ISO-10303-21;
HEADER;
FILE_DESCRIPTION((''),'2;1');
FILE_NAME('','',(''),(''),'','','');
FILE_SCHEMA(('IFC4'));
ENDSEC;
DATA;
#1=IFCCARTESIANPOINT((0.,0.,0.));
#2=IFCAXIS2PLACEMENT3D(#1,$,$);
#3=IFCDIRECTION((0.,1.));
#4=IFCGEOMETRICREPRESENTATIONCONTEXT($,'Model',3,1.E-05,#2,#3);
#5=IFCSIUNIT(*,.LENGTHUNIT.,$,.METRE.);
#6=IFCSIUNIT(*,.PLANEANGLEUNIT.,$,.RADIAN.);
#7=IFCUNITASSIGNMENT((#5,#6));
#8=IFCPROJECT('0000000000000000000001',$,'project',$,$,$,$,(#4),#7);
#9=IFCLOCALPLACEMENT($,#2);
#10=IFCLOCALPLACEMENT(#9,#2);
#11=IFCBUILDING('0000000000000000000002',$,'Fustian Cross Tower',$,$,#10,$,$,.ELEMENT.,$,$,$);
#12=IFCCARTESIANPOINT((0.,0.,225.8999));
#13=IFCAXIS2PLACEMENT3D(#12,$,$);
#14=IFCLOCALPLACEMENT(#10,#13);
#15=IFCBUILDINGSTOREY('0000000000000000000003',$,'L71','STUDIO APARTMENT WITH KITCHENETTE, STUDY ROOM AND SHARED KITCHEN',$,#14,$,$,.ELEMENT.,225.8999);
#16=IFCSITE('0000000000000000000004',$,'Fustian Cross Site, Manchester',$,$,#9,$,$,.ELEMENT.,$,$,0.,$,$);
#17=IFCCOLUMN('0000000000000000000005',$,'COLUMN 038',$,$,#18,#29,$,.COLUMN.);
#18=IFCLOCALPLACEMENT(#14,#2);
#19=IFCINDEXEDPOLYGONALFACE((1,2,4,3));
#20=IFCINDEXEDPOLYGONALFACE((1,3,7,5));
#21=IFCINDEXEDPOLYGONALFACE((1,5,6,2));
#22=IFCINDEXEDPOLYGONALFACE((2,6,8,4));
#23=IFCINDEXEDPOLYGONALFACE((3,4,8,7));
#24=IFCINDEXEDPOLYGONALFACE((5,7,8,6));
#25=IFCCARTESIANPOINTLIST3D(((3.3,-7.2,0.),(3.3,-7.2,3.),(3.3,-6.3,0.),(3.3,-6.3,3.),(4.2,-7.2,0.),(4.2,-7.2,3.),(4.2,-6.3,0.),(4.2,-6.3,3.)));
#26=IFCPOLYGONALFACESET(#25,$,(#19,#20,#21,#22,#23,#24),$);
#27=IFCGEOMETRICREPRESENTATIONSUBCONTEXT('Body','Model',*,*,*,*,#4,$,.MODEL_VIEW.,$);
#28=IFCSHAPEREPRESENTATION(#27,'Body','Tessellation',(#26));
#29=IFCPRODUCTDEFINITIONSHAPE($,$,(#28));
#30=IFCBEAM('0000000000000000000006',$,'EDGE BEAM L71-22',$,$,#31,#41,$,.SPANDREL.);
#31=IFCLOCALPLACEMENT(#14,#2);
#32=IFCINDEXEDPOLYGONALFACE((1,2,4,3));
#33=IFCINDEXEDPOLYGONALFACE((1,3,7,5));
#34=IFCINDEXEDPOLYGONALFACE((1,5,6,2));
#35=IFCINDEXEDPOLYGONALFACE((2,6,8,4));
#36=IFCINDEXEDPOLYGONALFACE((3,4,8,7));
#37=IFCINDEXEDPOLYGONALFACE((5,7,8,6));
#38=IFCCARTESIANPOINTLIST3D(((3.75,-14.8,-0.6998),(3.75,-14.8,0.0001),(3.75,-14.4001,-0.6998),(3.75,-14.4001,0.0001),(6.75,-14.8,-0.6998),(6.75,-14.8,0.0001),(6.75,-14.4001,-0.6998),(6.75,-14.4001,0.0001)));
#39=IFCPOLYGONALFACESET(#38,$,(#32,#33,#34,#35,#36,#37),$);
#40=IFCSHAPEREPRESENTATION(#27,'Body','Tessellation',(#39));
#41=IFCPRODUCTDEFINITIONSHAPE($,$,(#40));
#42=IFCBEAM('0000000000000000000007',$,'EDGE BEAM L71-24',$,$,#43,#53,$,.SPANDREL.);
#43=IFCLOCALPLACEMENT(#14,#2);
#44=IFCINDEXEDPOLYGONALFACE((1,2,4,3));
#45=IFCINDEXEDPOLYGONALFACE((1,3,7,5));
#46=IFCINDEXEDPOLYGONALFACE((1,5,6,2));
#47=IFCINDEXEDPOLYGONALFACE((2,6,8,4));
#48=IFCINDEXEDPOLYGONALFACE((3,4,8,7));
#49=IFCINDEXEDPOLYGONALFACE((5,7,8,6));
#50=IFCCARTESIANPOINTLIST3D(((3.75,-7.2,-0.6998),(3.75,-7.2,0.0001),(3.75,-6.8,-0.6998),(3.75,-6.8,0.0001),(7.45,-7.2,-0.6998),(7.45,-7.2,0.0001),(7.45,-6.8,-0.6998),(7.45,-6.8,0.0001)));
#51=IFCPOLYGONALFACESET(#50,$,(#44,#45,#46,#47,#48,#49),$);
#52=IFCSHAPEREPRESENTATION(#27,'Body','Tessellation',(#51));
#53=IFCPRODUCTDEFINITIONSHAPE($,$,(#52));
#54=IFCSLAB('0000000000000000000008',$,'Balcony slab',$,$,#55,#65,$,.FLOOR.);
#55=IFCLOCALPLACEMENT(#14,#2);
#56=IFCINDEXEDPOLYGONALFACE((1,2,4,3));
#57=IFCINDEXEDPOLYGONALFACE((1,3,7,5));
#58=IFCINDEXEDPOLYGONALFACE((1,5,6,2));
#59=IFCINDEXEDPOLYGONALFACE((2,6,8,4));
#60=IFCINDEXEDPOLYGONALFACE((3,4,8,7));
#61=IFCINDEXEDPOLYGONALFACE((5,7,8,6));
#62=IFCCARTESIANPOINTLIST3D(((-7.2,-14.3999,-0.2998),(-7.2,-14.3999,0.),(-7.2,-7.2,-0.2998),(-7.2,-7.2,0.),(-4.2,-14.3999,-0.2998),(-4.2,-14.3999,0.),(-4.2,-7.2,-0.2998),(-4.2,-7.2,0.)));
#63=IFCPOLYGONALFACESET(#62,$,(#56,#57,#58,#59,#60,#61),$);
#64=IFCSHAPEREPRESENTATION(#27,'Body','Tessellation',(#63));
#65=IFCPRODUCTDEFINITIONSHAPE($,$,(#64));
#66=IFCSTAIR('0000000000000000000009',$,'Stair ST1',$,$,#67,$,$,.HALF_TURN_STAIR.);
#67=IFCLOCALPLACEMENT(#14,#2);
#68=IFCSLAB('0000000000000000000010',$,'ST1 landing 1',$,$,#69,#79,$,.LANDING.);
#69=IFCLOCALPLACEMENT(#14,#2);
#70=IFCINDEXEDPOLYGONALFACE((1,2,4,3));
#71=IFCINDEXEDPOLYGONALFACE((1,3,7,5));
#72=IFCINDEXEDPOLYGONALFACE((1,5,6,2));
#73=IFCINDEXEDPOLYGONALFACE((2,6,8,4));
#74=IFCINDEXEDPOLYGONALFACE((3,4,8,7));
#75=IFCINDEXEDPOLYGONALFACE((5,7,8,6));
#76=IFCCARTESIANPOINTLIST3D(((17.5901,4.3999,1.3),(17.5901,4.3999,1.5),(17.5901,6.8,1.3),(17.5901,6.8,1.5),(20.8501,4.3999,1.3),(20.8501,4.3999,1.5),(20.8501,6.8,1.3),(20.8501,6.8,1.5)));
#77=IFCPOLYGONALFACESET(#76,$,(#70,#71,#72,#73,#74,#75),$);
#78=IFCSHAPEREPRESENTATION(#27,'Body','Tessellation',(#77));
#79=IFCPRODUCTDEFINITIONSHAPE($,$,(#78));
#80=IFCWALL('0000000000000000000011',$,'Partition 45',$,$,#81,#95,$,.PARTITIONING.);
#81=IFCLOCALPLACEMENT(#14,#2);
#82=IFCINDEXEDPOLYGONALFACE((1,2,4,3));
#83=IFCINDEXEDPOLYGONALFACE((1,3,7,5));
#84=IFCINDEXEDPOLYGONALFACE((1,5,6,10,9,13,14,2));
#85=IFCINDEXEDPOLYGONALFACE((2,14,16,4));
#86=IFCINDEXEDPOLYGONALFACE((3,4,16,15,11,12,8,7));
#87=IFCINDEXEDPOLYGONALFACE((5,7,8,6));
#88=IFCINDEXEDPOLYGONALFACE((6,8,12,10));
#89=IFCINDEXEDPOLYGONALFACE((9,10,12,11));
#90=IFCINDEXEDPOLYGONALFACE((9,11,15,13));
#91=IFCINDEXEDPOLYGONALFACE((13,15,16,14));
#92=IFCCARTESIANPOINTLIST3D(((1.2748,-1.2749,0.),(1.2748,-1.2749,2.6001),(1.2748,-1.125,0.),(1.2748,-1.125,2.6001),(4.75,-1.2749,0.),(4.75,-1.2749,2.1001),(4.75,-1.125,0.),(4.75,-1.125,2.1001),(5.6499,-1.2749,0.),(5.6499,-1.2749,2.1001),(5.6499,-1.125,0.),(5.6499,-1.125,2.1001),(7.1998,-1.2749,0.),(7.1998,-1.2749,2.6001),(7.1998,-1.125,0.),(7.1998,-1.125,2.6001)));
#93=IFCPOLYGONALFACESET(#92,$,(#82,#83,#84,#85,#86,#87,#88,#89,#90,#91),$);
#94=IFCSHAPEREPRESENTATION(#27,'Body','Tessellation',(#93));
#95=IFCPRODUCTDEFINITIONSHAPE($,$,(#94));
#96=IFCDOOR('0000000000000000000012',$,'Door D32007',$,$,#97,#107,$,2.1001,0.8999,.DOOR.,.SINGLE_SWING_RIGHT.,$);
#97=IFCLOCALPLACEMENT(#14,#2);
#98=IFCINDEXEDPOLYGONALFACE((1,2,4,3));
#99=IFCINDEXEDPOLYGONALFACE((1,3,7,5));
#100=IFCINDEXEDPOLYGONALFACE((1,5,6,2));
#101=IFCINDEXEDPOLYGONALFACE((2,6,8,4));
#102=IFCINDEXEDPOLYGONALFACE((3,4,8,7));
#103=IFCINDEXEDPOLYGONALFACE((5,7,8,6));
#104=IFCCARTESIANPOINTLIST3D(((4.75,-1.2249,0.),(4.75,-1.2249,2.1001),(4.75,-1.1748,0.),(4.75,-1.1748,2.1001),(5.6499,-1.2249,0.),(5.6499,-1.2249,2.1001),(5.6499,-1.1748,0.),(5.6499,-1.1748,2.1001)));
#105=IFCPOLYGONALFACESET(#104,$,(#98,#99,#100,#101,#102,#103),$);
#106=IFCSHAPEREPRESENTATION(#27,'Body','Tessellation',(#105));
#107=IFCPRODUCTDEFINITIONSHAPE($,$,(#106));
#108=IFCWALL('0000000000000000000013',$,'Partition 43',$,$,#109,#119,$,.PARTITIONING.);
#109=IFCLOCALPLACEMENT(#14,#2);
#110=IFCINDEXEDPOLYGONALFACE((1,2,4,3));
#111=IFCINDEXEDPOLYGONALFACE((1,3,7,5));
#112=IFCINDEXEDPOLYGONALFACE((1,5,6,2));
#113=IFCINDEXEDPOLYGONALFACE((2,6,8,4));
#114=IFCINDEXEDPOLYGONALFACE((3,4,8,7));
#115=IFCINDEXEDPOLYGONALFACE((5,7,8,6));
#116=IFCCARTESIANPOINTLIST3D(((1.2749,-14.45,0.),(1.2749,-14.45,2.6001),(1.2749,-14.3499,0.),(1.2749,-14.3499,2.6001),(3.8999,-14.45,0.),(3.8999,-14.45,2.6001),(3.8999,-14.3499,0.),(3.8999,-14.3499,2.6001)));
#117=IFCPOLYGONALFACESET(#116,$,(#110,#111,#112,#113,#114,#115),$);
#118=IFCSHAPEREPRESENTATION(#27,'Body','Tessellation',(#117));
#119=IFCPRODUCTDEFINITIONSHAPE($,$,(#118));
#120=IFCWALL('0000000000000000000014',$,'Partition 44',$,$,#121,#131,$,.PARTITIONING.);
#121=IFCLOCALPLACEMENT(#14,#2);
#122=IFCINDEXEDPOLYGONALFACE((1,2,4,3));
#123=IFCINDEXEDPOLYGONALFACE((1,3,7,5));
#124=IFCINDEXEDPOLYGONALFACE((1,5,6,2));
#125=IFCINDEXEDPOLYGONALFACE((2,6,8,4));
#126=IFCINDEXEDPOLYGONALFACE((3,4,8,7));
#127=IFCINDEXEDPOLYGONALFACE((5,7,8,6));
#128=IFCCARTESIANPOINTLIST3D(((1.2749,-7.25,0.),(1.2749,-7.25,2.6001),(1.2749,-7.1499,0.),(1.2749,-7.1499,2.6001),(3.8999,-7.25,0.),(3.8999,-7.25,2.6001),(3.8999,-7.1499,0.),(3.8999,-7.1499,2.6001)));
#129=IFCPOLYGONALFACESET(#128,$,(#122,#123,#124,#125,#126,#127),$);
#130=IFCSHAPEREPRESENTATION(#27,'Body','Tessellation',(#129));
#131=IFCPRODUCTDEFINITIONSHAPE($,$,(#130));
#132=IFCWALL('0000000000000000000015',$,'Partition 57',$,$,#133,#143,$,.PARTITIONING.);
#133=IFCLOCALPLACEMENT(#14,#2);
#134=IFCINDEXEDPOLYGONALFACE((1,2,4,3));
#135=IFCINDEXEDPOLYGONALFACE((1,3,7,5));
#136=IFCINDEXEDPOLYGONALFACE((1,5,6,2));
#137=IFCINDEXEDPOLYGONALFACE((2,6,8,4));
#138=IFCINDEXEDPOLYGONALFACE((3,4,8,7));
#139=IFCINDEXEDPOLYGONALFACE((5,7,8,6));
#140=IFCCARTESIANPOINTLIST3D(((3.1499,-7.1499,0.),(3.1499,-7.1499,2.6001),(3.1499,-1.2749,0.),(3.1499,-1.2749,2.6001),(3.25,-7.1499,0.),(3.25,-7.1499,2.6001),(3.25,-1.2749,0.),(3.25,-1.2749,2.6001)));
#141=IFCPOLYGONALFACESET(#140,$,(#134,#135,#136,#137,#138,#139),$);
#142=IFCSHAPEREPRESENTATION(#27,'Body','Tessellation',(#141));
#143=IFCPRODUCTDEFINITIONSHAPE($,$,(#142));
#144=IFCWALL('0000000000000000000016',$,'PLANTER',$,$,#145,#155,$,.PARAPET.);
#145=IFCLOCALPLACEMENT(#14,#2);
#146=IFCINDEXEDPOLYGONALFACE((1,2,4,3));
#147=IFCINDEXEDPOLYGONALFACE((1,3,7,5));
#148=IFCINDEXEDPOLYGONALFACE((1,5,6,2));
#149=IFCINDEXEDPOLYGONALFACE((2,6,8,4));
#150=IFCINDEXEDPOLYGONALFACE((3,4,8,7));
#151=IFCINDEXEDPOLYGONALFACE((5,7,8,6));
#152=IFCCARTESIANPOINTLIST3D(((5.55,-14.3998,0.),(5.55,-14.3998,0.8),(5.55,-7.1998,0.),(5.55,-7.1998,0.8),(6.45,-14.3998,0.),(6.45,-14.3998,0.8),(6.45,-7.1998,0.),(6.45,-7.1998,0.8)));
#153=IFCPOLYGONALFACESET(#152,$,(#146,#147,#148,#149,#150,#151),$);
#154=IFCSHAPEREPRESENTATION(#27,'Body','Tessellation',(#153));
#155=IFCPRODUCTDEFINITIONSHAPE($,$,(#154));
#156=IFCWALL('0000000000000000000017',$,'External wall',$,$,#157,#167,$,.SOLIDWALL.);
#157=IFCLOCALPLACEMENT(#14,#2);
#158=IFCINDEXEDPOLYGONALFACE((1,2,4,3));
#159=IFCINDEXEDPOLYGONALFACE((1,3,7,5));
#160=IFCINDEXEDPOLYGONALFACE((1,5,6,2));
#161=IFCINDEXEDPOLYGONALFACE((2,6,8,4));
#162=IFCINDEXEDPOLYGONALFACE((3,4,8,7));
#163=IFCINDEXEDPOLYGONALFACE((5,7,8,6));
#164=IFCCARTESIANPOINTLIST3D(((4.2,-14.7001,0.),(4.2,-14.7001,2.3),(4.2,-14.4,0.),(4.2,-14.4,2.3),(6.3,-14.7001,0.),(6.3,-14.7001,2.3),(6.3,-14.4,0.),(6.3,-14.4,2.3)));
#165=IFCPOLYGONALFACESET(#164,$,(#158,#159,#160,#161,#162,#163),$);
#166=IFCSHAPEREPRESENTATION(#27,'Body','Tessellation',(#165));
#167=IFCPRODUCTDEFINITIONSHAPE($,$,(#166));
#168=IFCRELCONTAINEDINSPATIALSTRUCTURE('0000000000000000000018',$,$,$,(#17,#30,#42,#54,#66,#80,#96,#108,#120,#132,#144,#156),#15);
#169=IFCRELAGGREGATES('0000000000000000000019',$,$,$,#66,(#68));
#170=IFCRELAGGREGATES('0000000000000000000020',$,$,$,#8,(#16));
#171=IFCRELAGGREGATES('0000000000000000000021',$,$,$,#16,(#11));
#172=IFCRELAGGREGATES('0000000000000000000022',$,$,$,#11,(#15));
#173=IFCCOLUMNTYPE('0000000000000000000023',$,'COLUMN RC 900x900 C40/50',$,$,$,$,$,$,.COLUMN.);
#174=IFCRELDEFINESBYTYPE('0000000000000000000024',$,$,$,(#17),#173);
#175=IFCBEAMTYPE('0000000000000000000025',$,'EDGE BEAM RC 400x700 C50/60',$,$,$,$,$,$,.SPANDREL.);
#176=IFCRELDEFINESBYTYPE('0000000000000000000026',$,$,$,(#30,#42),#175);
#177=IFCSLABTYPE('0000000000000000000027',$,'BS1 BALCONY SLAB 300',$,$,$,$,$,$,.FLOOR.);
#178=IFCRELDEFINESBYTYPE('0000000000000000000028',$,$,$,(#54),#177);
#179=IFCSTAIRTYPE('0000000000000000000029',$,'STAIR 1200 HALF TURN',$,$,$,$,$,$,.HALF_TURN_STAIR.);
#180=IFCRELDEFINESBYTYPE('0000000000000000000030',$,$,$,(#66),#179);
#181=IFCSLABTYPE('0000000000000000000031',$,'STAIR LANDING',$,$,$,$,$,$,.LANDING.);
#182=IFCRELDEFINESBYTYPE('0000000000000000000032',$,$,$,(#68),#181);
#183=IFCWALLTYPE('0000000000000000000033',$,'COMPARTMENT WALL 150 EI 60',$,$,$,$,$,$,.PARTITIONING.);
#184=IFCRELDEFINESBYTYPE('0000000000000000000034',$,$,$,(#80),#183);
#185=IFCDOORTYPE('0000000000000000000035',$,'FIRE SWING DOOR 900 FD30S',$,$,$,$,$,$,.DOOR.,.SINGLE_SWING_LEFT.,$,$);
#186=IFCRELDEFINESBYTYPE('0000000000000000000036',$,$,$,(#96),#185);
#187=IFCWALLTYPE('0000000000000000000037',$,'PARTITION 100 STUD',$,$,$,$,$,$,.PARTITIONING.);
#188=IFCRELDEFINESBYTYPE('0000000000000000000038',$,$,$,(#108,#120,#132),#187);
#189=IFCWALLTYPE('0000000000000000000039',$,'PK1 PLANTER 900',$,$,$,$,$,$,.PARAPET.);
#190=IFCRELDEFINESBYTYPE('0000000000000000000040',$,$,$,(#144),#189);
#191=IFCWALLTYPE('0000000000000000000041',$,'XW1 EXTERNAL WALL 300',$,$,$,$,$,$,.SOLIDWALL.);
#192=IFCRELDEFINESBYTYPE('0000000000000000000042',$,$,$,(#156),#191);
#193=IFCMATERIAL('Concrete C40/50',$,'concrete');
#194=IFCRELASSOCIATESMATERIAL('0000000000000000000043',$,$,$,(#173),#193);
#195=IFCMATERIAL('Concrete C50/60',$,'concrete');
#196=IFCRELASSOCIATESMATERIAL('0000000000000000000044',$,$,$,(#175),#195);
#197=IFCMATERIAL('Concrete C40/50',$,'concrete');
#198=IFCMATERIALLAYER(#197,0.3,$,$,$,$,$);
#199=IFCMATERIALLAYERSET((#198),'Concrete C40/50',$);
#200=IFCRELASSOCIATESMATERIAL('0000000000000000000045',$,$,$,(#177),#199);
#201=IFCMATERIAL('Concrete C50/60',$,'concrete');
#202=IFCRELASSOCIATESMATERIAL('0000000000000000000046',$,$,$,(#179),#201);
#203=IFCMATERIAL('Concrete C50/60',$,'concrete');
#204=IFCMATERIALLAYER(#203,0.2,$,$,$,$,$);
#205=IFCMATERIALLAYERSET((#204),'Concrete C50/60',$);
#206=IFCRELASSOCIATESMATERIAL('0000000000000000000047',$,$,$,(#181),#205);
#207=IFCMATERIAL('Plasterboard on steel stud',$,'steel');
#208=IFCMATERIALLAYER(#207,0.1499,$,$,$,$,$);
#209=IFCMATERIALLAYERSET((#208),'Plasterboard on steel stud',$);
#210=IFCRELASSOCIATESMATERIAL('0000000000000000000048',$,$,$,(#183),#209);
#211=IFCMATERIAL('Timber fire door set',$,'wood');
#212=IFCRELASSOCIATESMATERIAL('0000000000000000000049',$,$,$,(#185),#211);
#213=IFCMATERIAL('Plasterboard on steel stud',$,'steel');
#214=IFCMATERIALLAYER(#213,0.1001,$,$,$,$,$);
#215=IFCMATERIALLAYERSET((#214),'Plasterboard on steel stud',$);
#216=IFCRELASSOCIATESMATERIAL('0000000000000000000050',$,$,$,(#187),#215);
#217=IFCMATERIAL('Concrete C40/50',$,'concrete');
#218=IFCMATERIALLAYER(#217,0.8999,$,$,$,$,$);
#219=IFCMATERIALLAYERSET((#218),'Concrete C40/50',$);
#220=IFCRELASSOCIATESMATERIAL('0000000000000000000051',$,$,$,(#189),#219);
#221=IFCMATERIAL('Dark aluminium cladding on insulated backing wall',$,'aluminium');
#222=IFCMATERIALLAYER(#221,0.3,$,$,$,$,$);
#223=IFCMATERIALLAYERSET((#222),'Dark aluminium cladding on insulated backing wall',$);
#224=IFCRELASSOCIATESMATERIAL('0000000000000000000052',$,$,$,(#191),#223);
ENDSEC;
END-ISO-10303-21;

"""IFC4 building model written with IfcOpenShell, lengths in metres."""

from ifc_helpers import new_model, si_unit, direction, frame, frame_2d, origin, origin_2d, place, context, subcontext, project, spatial, polyline, rectangle, outline, extrude, material, layer, layer_set, material_profile, profile_set, type_object, element, fill, aggregate, save


model = new_model("IFC4")

# Units and contexts
model_context = context("Model", 3, precision=1e-05, world=origin(), true_north=direction((0.0, 1.0)))
body_context = subcontext(model_context, "Body", "Model", "MODEL_VIEW")
ifc_project = project(units=[si_unit("LENGTHUNIT", "METRE"), si_unit("PLANEANGLEUNIT", "RADIAN")], contexts=[model_context])

# Site, building, storey
site_placement = place(None, origin())
site = spatial("IfcSite", under=ifc_project, at=site_placement, Name="Fustian Cross Site, Manchester", CompositionType="ELEMENT", RefElevation=0.0)
building_placement = place(site_placement, origin())
building = spatial("IfcBuilding", under=site, at=building_placement, Name="Fustian Cross Tower", CompositionType="ELEMENT")
storey_placement = place(building_placement, frame((0.0, 0.0, 225.8999)))
storey = spatial("IfcBuildingStorey", under=building, at=storey_placement, Name="L71", Description="STUDIO APARTMENT WITH KITCHENETTE, STUDY ROOM AND SHARED KITCHEN", CompositionType="ELEMENT", Elevation=225.8999)

# Column
ifc_material_1 = material(Name="Concrete C40/50", Category="concrete")
ifc_material_profile_1 = material_profile(ifc_material_1, rectangle(XDim=0.8999, YDim=0.8999, at=origin_2d()), Name="RC 900x900")
ifc_profile_set_1 = profile_set([ifc_material_profile_1], Name="Concrete C40/50")
column_type = type_object("IfcColumnType", Name="COLUMN RC 900x900 C40/50", PredefinedType="COLUMN", material=ifc_profile_set_1)
column_placement = place(storey_placement, frame((3.75, -6.75, 0.0), z_axis=(0.0, 0.0, 1.0), x_axis=(1.0, 0.0, 0.0)))
element("IfcColumn", 1, at=column_placement, inside=storey, type_object=column_type, Name="COLUMN 038", PredefinedType="COLUMN", context=body_context, shape_type="SweptSolid", body=[
    extrude(rectangle(XDim=0.8999, YDim=0.8999, at=origin_2d()), origin(), (0.0, 0.0, 1.0), 3.0),
])

# Beams
ifc_material_2 = material(Name="Concrete C50/60", Category="concrete")
ifc_material_profile_2 = material_profile(ifc_material_2, rectangle(XDim=0.3999, YDim=0.7, at=origin_2d()), Name="RC 400x700")
ifc_profile_set_2 = profile_set([ifc_material_profile_2], Name="Concrete C50/60")
beam_type = type_object("IfcBeamType", Name="EDGE BEAM RC 400x700 C50/60", PredefinedType="SPANDREL", material=ifc_profile_set_2)
beam_1_placement = place(storey_placement, frame((6.75, -14.6001, -0.3499), z_axis=(-1.0, 0.0, 0.0), x_axis=(0.0, -1.0, 0.0)))
element("IfcBeam", 2, at=beam_1_placement, inside=storey, type_object=beam_type, Name="EDGE BEAM L71-22", PredefinedType="SPANDREL", context=body_context, shape_type="SweptSolid", body=[
    extrude(rectangle(XDim=0.3999, YDim=0.7, at=origin_2d()), origin(), (0.0, 0.0, 1.0), 3.0),
])
beam_2_placement = place(storey_placement, frame((3.75, -7.0, -0.3499), z_axis=(1.0, 0.0, 0.0), x_axis=(0.0, 1.0, 0.0)))
element("IfcBeam", 3, at=beam_2_placement, inside=storey, type_object=beam_type, Name="EDGE BEAM L71-24", PredefinedType="SPANDREL", context=body_context, shape_type="SweptSolid", body=[
    extrude(rectangle(XDim=0.3999, YDim=0.7, at=origin_2d()), origin(), (0.0, 0.0, 1.0), 3.7),
])

# Slab
ifc_material_3 = material(Name="Concrete C40/50", Category="concrete")
ifc_layer_1 = layer(ifc_material_3, 0.3)
ifc_layer_set_1 = layer_set([ifc_layer_1], Name="Concrete C40/50")
slab_type_1 = type_object("IfcSlabType", Name="BS1 BALCONY SLAB 300", PredefinedType="FLOOR", material=ifc_layer_set_1)
slab_1_placement = place(storey_placement, frame((0.0, 0.0, -0.2998)))
element("IfcSlab", 4, at=slab_1_placement, inside=storey, type_object=slab_type_1, Name="Balcony slab", PredefinedType="FLOOR", context=body_context, shape_type="SweptSolid", body=[
    extrude(outline(polyline([(-7.2, -14.3999), (-4.2, -14.3999), (-4.2, -7.2), (-7.2, -7.2), (-7.2, -14.3999)])), origin(), (0.0, 0.0, 1.0), 0.2998),
])

# Stair, slab
ifc_material_4 = material(Name="Concrete C50/60", Category="concrete")
stair_type = type_object("IfcStairType", Name="STAIR 1200 HALF TURN", PredefinedType="HALF_TURN_STAIR", material=ifc_material_4)
stair_placement = place(storey_placement, origin())
stair = element("IfcStair", 5, at=stair_placement, inside=storey, type_object=stair_type, Name="Stair ST1", PredefinedType="HALF_TURN_STAIR")
ifc_material_5 = material(Name="Concrete C50/60", Category="concrete")
ifc_layer_2 = layer(ifc_material_5, 0.2)
ifc_layer_set_2 = layer_set([ifc_layer_2], Name="Concrete C50/60")
slab_type_2 = type_object("IfcSlabType", Name="STAIR LANDING", PredefinedType="LANDING", material=ifc_layer_set_2)
slab_2_placement = place(storey_placement, frame((0.0, 0.0, 1.3)))
slab_2 = element("IfcSlab", 6, at=slab_2_placement, type_object=slab_type_2, Name="ST1 landing 1", PredefinedType="LANDING", context=body_context, shape_type="SweptSolid", body=[
    extrude(outline(polyline([(17.5901, 4.3999), (20.8501, 4.3999), (20.8501, 6.8), (17.5901, 6.8), (17.5901, 4.3999)])), origin(), (0.0, 0.0, 1.0), 0.2),
])
aggregate(stair, [slab_2])

# Wall, opening, door
ifc_material_6 = material(Name="Plasterboard on steel stud", Category="steel")
ifc_layer_3 = layer(ifc_material_6, 0.1499)
ifc_layer_set_3 = layer_set([ifc_layer_3], Name="Plasterboard on steel stud")
wall_type_1 = type_object("IfcWallType", Name="COMPARTMENT WALL 150 EI 60", PredefinedType="PARTITIONING", material=ifc_layer_set_3)
wall_1_placement = place(storey_placement, frame((1.2749, -1.2, 0.0), z_axis=(0.0, 0.0, 1.0), x_axis=(1.0, 0.0, 0.0)))
wall_1 = element("IfcWall", 7, at=wall_1_placement, inside=storey, type_object=wall_type_1, Name="Partition 45", PredefinedType="PARTITIONING", context=body_context, shape_type="SweptSolid", body=[
    extrude(rectangle(XDim=5.925, YDim=0.1499, at=frame_2d((2.9624, 0.0))), origin(), (0.0, 0.0, 1.0), 2.6001),
])
opening_1_placement = place(wall_1_placement, frame((3.4751, 0.0, 0.0)))
opening_1 = element("IfcOpeningElement", 8, at=opening_1_placement, cuts=wall_1, PredefinedType="OPENING", context=body_context, shape_type="SweptSolid", body=[
    extrude(rectangle(XDim=0.8999, YDim=2.1001, at=frame_2d((0.45, 1.05))), frame((0.0, 0.085, 0.0), z_axis=(0.0, -1.0, 0.0), x_axis=(1.0, 0.0, 0.0)), (0.0, 0.0, 1.0), 0.1699),
])
ifc_material_7 = material(Name="Timber fire door set", Category="wood")
door_type_1 = type_object("IfcDoorType", Name="FIRE SWING DOOR 900 FD30S", OperationType="SINGLE_SWING_LEFT", PredefinedType="DOOR", material=ifc_material_7)
door_1_placement = place(opening_1_placement, frame((0.8999, 0.0, 0.0), z_axis=(0.0, 0.0, 1.0), x_axis=(-1.0, 0.0, 0.0)))
door_1 = element("IfcDoor", 9, at=door_1_placement, inside=storey, type_object=door_type_1, Name="Door D32007", OperationType="SINGLE_SWING_RIGHT", OverallHeight=2.1001, OverallWidth=0.8999, PredefinedType="DOOR", context=body_context, shape_type="SweptSolid", body=[
    extrude(rectangle(XDim=0.8999, YDim=2.1001, at=frame_2d((0.45, 1.05))), frame((0.0, 0.0249, 0.0), z_axis=(0.0, -1.0, 0.0), x_axis=(1.0, 0.0, 0.0)), (0.0, 0.0, 1.0), 0.05),
])
fill(opening_1, door_1)

# Walls
ifc_material_8 = material(Name="Plasterboard on steel stud", Category="steel")
ifc_layer_4 = layer(ifc_material_8, 0.1001)
ifc_layer_set_4 = layer_set([ifc_layer_4], Name="Plasterboard on steel stud")
wall_type_2 = type_object("IfcWallType", Name="PARTITION 100 STUD", PredefinedType="PARTITIONING", material=ifc_layer_set_4)
for number, where, z_axis, x_axis, name in (
    (10, (1.2749, -14.3999, 0.0), (0.0, 0.0, 1.0), (1.0, 0.0, 0.0), "Partition 43"),
    (11, (1.2749, -7.2, 0.0), (0.0, 0.0, 1.0), (1.0, 0.0, 0.0), "Partition 44"),
):
    element("IfcWall", number, at=place(storey_placement, frame(where, z_axis=z_axis, x_axis=x_axis)), inside=storey, type_object=wall_type_2, Name=name, PredefinedType="PARTITIONING", context=body_context, shape_type="SweptSolid", body=[
        extrude(rectangle(XDim=2.625, YDim=0.1001, at=frame_2d((1.3125, 0.0))), origin(), (0.0, 0.0, 1.0), 2.6001),
    ])
wall_2_placement = place(storey_placement, frame((3.2, -7.1499, 0.0), z_axis=(0.0, 0.0, 1.0), x_axis=(0.0, 1.0, 0.0)))
element("IfcWall", 12, at=wall_2_placement, inside=storey, type_object=wall_type_2, Name="Partition 57", PredefinedType="PARTITIONING", context=body_context, shape_type="SweptSolid", body=[
    extrude(rectangle(XDim=5.875, YDim=0.1001, at=frame_2d((2.9375, 0.0))), origin(), (0.0, 0.0, 1.0), 2.6001),
])
ifc_material_9 = material(Name="Concrete C40/50", Category="concrete")
ifc_layer_5 = layer(ifc_material_9, 0.8999)
ifc_layer_set_5 = layer_set([ifc_layer_5], Name="Concrete C40/50")
wall_type_3 = type_object("IfcWallType", Name="PK1 PLANTER 900", PredefinedType="PARAPET", material=ifc_layer_set_5)
wall_3_placement = place(storey_placement, frame((6.0, -14.3999, 0.0), z_axis=(0.0, 0.0, 1.0), x_axis=(0.0, 1.0, 0.0)))
element("IfcWall", 13, at=wall_3_placement, inside=storey, type_object=wall_type_3, Name="PLANTER", PredefinedType="PARAPET", context=body_context, shape_type="SweptSolid", body=[
    extrude(rectangle(XDim=7.2, YDim=0.8999, at=frame_2d((3.6001, 0.0))), origin(), (0.0, 0.0, 1.0), 0.8),
])
ifc_material_10 = material(Name="Dark aluminium cladding on insulated backing wall", Category="aluminium")
ifc_layer_6 = layer(ifc_material_10, 0.3)
ifc_layer_set_6 = layer_set([ifc_layer_6], Name="Dark aluminium cladding on insulated backing wall")
wall_type_4 = type_object("IfcWallType", Name="XW1 EXTERNAL WALL 300", PredefinedType="SOLIDWALL", material=ifc_layer_set_6)
wall_4_placement = place(storey_placement, frame((6.3, -14.55, 0.0), z_axis=(0.0, 0.0, 1.0), x_axis=(-1.0, 0.0, 0.0)))
element("IfcWall", 14, at=wall_4_placement, inside=storey, type_object=wall_type_4, Name="External wall", PredefinedType="SOLIDWALL", context=body_context, shape_type="SweptSolid", body=[
    extrude(rectangle(XDim=2.1001, YDim=0.3, at=frame_2d((1.05, 0.0))), origin(), (0.0, 0.0, 1.0), 2.3),
])

save(model, "model.ifc")
